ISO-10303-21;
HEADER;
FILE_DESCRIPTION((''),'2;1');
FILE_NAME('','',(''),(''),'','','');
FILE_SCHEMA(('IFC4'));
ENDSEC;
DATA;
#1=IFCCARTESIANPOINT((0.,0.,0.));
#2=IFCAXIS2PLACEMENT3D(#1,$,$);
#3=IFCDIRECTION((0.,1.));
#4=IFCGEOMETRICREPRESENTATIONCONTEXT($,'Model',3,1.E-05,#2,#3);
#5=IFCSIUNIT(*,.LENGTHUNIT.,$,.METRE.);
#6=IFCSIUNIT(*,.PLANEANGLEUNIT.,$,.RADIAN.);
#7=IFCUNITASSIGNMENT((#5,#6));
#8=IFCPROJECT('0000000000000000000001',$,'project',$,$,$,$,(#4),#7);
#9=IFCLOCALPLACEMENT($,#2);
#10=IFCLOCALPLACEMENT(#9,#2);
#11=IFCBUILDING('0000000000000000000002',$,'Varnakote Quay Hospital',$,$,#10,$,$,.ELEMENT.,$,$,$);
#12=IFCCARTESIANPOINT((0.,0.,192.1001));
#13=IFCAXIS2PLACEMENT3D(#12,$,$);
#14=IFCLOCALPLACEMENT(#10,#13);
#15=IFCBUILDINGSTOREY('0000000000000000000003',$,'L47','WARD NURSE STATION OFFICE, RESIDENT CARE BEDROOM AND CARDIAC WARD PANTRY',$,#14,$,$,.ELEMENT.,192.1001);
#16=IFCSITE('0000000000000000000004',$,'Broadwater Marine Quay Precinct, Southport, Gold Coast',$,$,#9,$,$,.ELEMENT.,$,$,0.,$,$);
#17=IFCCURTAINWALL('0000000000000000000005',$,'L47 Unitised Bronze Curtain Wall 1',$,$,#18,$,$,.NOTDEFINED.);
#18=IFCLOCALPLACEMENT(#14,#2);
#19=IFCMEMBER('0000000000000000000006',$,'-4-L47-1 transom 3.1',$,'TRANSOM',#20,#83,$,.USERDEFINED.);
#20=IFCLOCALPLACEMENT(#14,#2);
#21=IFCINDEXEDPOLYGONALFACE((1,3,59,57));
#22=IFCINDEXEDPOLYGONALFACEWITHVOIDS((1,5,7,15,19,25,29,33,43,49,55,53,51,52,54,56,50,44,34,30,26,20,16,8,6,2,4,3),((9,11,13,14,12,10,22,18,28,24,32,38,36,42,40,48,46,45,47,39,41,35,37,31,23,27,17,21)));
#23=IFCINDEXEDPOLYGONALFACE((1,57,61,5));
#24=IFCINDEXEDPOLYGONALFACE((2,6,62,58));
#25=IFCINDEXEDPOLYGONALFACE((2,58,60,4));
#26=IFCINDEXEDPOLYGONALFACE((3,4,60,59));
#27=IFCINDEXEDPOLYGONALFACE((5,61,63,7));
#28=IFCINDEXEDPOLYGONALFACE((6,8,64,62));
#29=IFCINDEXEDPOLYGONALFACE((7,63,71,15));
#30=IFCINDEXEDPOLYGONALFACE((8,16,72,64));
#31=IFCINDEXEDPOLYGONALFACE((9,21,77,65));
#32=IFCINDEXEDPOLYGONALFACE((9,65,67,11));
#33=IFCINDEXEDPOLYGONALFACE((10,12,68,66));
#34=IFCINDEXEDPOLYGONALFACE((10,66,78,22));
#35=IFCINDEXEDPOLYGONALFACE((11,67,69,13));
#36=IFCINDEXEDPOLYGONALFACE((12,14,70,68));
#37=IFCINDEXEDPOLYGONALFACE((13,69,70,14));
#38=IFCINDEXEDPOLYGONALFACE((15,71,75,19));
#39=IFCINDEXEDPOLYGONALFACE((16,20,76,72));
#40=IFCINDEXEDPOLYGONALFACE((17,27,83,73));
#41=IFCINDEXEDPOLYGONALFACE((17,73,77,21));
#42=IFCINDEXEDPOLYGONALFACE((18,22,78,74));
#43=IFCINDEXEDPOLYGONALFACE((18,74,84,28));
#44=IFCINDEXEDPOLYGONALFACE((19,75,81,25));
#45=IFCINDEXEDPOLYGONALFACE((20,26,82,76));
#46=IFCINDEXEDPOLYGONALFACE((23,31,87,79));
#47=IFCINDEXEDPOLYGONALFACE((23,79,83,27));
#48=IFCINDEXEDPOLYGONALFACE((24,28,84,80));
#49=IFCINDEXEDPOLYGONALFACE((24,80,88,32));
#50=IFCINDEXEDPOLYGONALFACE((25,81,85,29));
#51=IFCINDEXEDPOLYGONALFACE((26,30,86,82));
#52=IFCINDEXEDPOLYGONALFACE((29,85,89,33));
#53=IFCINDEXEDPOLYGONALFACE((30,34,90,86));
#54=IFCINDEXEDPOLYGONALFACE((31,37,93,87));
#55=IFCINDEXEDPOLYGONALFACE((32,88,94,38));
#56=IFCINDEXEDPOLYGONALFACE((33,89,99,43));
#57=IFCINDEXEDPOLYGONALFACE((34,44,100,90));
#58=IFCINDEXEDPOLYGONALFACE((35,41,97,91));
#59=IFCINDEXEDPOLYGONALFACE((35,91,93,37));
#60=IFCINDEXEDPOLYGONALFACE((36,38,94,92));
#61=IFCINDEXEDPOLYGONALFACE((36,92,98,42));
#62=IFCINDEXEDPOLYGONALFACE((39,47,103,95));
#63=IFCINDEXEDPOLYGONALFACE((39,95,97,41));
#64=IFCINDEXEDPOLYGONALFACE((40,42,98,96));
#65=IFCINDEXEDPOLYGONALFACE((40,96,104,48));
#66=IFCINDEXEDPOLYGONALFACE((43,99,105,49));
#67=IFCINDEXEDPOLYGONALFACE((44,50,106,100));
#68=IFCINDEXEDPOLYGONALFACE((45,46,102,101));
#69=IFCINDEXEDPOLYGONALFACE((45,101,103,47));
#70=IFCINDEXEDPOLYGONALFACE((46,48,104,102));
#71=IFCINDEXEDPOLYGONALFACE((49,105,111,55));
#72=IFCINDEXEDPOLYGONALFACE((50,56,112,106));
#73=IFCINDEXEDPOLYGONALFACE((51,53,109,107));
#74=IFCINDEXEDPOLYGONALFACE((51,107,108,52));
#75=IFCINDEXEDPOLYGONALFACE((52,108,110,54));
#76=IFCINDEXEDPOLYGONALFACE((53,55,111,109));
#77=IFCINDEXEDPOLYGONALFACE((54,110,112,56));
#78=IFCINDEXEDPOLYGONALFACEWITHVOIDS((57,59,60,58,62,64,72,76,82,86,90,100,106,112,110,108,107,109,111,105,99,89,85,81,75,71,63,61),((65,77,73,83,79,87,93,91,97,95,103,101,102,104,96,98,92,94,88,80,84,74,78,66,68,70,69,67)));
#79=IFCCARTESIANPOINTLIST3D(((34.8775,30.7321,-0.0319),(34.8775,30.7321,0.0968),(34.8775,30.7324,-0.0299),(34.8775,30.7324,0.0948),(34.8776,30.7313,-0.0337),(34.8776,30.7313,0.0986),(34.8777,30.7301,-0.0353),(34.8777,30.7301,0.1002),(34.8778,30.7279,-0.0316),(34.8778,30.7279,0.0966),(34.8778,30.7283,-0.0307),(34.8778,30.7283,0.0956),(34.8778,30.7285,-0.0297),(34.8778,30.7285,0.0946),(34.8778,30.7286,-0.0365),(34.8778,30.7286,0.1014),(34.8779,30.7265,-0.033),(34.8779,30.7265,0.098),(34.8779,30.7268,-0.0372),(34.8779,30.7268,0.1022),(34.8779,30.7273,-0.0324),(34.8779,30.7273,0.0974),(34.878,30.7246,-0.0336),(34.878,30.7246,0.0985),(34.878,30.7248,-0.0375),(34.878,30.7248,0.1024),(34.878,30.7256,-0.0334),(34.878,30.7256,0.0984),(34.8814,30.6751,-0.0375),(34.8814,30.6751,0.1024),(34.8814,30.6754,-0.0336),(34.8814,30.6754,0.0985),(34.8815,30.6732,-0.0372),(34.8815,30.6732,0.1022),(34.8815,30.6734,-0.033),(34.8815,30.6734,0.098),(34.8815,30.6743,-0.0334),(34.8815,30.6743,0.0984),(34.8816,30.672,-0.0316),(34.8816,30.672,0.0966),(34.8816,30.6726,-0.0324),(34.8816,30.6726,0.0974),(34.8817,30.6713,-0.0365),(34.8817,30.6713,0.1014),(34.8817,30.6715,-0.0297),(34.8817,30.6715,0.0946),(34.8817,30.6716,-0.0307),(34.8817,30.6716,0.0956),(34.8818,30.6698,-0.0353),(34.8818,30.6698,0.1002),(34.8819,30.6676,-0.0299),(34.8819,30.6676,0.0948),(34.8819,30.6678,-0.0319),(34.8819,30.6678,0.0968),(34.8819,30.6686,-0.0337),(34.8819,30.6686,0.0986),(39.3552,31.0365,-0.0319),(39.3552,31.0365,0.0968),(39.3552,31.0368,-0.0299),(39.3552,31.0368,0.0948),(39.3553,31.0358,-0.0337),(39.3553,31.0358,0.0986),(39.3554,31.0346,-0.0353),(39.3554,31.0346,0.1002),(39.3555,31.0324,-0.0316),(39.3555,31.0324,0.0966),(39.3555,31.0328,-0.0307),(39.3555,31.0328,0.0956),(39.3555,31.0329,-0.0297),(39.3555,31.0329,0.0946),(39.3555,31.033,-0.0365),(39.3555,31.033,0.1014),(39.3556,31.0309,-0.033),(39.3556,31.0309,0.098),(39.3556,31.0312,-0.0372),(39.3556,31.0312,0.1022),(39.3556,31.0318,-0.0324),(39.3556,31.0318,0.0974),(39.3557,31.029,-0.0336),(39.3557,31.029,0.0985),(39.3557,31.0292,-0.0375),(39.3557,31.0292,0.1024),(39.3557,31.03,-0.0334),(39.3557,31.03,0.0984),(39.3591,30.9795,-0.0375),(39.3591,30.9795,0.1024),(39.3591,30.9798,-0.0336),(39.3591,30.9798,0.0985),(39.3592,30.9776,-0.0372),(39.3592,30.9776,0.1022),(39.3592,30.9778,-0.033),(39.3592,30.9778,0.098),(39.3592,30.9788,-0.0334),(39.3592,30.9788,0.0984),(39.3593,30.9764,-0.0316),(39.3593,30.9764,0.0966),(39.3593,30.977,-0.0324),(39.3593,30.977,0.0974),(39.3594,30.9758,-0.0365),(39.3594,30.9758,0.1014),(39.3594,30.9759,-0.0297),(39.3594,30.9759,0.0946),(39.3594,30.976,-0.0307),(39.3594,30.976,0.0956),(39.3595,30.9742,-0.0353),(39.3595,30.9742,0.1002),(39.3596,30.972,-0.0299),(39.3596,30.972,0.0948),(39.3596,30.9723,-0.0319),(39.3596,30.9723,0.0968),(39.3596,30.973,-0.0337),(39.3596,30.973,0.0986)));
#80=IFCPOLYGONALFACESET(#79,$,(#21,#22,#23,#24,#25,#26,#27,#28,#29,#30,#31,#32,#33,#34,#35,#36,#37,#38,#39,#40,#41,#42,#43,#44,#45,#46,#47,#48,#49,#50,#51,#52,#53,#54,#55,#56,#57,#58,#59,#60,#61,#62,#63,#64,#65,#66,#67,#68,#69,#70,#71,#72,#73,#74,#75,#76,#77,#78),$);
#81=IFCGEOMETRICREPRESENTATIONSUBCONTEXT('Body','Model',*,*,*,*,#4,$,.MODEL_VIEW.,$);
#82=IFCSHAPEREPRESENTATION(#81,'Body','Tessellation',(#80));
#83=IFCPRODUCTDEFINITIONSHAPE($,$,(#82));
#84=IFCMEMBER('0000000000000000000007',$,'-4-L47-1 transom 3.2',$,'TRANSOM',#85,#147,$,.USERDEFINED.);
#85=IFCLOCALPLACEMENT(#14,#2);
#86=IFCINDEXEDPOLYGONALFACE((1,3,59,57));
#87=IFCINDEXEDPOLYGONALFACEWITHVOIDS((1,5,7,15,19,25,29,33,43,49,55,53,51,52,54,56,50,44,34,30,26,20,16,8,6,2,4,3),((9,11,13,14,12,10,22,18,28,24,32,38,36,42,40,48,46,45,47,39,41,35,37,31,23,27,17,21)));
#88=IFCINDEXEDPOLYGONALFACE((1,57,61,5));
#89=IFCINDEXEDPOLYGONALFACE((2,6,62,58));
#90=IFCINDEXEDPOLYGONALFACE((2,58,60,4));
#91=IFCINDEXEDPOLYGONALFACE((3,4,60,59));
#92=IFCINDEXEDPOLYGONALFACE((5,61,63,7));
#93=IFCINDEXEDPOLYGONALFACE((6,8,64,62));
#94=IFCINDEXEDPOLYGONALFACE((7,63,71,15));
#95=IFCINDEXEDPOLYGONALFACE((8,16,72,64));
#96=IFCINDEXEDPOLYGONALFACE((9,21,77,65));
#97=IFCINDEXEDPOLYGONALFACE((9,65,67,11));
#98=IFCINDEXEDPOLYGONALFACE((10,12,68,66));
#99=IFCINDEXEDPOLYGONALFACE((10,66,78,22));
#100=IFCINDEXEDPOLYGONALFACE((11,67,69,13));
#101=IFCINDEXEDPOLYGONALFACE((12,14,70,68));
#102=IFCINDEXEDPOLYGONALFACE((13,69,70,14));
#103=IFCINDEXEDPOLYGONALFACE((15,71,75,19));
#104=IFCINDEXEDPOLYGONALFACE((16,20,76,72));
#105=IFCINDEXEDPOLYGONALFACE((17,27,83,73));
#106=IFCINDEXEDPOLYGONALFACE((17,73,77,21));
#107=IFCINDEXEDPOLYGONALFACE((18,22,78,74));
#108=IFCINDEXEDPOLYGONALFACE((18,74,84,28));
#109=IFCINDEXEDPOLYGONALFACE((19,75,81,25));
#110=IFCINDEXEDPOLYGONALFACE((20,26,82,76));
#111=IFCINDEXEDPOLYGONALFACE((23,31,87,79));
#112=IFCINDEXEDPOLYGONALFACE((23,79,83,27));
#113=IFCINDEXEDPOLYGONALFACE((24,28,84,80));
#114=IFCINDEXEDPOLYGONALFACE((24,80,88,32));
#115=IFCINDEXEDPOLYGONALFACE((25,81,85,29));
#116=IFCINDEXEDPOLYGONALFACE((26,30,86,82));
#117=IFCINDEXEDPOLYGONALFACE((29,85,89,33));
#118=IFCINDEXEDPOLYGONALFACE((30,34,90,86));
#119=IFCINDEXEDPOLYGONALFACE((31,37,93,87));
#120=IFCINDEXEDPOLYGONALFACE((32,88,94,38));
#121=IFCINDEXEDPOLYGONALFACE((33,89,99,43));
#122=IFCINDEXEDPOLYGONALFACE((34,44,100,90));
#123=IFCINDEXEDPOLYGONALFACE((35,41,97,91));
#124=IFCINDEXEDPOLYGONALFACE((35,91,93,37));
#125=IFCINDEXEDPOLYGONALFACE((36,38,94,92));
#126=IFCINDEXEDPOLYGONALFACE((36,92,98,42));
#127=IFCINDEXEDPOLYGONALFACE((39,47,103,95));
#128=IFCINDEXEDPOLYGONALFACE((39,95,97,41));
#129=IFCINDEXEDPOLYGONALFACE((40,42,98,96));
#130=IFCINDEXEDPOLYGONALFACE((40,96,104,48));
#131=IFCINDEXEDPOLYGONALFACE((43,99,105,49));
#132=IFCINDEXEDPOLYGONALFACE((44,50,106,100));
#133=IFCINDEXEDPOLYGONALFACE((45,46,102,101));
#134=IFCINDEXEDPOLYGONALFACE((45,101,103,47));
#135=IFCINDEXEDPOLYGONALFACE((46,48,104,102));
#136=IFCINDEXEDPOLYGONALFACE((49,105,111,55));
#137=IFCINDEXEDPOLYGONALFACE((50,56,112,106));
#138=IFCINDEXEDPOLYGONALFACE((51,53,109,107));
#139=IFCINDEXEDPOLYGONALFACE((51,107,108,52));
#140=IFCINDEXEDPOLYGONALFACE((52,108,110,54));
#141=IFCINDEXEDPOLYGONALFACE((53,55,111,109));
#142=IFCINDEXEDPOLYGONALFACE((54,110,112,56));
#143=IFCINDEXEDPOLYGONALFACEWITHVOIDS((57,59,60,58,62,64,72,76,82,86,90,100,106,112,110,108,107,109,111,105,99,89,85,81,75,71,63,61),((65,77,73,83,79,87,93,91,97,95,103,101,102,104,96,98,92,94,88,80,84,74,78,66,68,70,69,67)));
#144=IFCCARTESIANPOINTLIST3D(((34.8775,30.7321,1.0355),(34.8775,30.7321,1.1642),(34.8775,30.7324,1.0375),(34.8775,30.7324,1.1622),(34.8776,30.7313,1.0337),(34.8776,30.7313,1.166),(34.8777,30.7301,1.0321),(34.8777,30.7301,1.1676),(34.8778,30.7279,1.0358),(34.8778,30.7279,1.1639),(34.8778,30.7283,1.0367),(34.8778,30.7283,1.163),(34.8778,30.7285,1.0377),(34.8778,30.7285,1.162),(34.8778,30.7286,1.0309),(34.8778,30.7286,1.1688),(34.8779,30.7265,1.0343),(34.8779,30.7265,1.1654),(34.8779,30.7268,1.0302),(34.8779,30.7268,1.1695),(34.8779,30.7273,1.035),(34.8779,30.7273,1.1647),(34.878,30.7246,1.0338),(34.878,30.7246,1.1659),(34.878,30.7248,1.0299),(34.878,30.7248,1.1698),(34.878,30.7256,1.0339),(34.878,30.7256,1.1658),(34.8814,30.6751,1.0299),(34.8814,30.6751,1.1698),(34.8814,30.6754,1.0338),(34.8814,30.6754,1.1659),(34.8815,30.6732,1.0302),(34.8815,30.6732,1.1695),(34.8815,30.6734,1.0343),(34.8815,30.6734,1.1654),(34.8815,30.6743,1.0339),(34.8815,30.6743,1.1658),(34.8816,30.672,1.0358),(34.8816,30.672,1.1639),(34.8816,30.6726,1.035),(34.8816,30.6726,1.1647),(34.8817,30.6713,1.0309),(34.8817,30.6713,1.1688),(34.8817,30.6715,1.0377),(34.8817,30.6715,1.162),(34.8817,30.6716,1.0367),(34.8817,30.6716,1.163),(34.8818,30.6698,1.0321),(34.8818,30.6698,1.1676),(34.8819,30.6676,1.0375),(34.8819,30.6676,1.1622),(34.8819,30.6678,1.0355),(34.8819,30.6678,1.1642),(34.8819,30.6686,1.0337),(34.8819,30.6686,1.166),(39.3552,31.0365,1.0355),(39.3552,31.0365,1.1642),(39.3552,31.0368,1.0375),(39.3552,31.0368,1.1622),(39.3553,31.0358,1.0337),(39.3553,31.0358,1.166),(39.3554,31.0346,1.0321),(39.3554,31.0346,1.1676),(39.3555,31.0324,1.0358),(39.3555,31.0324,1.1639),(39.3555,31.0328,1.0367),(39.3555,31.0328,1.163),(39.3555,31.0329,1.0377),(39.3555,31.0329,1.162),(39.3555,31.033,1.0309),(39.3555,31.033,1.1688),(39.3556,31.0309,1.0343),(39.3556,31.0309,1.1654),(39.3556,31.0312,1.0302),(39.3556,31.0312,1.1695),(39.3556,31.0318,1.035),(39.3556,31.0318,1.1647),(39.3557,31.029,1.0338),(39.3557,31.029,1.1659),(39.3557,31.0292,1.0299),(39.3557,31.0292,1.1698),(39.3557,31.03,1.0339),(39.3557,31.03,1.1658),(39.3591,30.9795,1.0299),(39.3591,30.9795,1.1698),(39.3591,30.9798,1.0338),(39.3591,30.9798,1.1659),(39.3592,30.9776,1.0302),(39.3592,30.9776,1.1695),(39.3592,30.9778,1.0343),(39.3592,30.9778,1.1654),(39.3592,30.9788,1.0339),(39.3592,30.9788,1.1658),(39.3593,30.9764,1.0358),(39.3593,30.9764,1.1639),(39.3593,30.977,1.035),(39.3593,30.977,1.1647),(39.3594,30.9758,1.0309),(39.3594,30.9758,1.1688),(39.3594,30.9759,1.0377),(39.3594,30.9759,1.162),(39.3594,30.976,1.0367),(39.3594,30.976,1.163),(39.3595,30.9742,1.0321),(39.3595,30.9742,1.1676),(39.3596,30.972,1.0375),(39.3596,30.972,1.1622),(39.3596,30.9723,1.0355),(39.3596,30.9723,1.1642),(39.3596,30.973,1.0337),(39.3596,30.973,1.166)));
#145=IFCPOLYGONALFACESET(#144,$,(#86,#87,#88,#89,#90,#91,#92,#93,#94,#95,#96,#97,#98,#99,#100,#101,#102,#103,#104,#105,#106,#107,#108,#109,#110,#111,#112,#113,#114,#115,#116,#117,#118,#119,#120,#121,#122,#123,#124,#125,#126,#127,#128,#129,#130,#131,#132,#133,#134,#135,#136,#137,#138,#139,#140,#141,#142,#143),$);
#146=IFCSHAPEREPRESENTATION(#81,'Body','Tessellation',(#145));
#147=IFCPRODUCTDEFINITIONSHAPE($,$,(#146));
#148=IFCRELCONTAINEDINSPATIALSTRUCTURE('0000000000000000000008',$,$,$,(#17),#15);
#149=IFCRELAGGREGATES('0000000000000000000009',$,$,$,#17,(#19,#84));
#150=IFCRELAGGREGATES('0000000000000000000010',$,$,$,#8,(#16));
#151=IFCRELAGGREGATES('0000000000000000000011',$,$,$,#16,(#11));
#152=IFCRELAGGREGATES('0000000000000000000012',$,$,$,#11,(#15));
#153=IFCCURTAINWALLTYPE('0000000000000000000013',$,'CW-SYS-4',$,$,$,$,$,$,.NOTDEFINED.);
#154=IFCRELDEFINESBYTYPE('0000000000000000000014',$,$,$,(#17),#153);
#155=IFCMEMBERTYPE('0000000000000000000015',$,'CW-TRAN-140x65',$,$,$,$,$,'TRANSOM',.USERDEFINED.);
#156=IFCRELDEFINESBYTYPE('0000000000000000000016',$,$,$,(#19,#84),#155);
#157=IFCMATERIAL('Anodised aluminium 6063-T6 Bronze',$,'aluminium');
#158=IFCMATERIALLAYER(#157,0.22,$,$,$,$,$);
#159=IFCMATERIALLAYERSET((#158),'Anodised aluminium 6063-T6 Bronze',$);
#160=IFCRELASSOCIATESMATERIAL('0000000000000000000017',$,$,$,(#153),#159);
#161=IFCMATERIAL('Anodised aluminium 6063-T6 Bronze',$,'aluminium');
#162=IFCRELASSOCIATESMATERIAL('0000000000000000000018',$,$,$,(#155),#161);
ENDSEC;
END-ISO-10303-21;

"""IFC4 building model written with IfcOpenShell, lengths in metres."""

from ifc_helpers import new_model, si_unit, direction, frame, origin, origin_2d, place, context, subcontext, project, spatial, hollow_rectangle, extrude, material, layer, layer_set, material_profile, profile_set, type_object, element, aggregate, save


model = new_model("IFC4")

# Units and contexts
model_context = context("Model", 3, precision=1e-05, world=origin(), true_north=direction((0.0, 1.0)))
body_context = subcontext(model_context, "Body", "Model", "MODEL_VIEW")
ifc_project = project(units=[si_unit("LENGTHUNIT", "METRE"), si_unit("PLANEANGLEUNIT", "RADIAN")], contexts=[model_context])

# Site, building, storey
site_placement = place(None, origin())
site = spatial("IfcSite", under=ifc_project, at=site_placement, Name="Broadwater Marine Quay Precinct, Southport, Gold Coast", CompositionType="ELEMENT", RefElevation=0.0)
building_placement = place(site_placement, origin())
building = spatial("IfcBuilding", under=site, at=building_placement, Name="Varnakote Quay Hospital", CompositionType="ELEMENT")
storey_placement = place(building_placement, frame((0.0, 0.0, 192.1001)))
storey = spatial("IfcBuildingStorey", under=building, at=storey_placement, Name="L47", Description="WARD NURSE STATION OFFICE, RESIDENT CARE BEDROOM AND CARDIAC WARD PANTRY", CompositionType="ELEMENT", Elevation=192.1001)

# Curtain wall, members
ifc_material_1 = material(Name="Anodised aluminium 6063-T6 Bronze", Category="aluminium")
ifc_layer_1 = layer(ifc_material_1, 0.22)
ifc_layer_set_1 = layer_set([ifc_layer_1], Name="Anodised aluminium 6063-T6 Bronze")
curtain_wall_type = type_object("IfcCurtainWallType", Name="CW-SYS-4", PredefinedType="NOTDEFINED", material=ifc_layer_set_1)
curtain_wall_placement = place(storey_placement, origin())
curtain_wall = element("IfcCurtainWall", 1, at=curtain_wall_placement, inside=storey, type_object=curtain_wall_type, Name="L47 Unitised Bronze Curtain Wall 1", PredefinedType="NOTDEFINED")
ifc_material_2 = material(Name="Anodised aluminium 6063-T6 Bronze", Category="aluminium")
ifc_material_profile_1 = material_profile(ifc_material_2, hollow_rectangle(XDim=0.0649, YDim=0.1399, WallThickness=0.0039, InnerFilletRadius=0.0039, OuterFilletRadius=0.0076, at=origin_2d()), Name="CW-TRAN-140x65")
ifc_profile_set_1 = profile_set([ifc_material_profile_1], Name="Anodised aluminium 6063-T6 Bronze")
member_type_1 = type_object("IfcMemberType", Name="CW-TRAN-140x65", ElementType="TRANSOM", PredefinedType="USERDEFINED", material=ifc_profile_set_1)
member_1_placement = place(storey_placement, frame((39.3574, 31.0044, 0.0325), z_axis=(-0.997697, -0.067833, 0.0), x_axis=(0.067833, -0.997697, 0.0)))
member_1 = element("IfcMember", 2, at=member_1_placement, type_object=member_type_1, Name="-4-L47-1 transom 3.1", ObjectType="TRANSOM", PredefinedType="USERDEFINED", context=body_context, shape_type="SweptSolid", body=[
    extrude(hollow_rectangle(XDim=0.0649, YDim=0.1399, WallThickness=0.0039, InnerFilletRadius=0.0039, OuterFilletRadius=0.0076, at=origin_2d()), origin(), (0.0, 0.0, 1.0), 4.488),
])
member_2_placement = place(storey_placement, frame((39.3574, 31.0044, 1.0999), z_axis=(-0.997697, -0.067833, 0.0), x_axis=(0.067833, -0.997697, 0.0)))
member_2 = element("IfcMember", 3, at=member_2_placement, type_object=member_type_1, Name="-4-L47-1 transom 3.2", ObjectType="TRANSOM", PredefinedType="USERDEFINED", context=body_context, shape_type="SweptSolid", body=[
    extrude(hollow_rectangle(XDim=0.0649, YDim=0.1399, WallThickness=0.0039, InnerFilletRadius=0.0039, OuterFilletRadius=0.0076, at=origin_2d()), origin(), (0.0, 0.0, 1.0), 4.488),
])
aggregate(curtain_wall, [member_1, member_2])

save(model, "model.ifc")
